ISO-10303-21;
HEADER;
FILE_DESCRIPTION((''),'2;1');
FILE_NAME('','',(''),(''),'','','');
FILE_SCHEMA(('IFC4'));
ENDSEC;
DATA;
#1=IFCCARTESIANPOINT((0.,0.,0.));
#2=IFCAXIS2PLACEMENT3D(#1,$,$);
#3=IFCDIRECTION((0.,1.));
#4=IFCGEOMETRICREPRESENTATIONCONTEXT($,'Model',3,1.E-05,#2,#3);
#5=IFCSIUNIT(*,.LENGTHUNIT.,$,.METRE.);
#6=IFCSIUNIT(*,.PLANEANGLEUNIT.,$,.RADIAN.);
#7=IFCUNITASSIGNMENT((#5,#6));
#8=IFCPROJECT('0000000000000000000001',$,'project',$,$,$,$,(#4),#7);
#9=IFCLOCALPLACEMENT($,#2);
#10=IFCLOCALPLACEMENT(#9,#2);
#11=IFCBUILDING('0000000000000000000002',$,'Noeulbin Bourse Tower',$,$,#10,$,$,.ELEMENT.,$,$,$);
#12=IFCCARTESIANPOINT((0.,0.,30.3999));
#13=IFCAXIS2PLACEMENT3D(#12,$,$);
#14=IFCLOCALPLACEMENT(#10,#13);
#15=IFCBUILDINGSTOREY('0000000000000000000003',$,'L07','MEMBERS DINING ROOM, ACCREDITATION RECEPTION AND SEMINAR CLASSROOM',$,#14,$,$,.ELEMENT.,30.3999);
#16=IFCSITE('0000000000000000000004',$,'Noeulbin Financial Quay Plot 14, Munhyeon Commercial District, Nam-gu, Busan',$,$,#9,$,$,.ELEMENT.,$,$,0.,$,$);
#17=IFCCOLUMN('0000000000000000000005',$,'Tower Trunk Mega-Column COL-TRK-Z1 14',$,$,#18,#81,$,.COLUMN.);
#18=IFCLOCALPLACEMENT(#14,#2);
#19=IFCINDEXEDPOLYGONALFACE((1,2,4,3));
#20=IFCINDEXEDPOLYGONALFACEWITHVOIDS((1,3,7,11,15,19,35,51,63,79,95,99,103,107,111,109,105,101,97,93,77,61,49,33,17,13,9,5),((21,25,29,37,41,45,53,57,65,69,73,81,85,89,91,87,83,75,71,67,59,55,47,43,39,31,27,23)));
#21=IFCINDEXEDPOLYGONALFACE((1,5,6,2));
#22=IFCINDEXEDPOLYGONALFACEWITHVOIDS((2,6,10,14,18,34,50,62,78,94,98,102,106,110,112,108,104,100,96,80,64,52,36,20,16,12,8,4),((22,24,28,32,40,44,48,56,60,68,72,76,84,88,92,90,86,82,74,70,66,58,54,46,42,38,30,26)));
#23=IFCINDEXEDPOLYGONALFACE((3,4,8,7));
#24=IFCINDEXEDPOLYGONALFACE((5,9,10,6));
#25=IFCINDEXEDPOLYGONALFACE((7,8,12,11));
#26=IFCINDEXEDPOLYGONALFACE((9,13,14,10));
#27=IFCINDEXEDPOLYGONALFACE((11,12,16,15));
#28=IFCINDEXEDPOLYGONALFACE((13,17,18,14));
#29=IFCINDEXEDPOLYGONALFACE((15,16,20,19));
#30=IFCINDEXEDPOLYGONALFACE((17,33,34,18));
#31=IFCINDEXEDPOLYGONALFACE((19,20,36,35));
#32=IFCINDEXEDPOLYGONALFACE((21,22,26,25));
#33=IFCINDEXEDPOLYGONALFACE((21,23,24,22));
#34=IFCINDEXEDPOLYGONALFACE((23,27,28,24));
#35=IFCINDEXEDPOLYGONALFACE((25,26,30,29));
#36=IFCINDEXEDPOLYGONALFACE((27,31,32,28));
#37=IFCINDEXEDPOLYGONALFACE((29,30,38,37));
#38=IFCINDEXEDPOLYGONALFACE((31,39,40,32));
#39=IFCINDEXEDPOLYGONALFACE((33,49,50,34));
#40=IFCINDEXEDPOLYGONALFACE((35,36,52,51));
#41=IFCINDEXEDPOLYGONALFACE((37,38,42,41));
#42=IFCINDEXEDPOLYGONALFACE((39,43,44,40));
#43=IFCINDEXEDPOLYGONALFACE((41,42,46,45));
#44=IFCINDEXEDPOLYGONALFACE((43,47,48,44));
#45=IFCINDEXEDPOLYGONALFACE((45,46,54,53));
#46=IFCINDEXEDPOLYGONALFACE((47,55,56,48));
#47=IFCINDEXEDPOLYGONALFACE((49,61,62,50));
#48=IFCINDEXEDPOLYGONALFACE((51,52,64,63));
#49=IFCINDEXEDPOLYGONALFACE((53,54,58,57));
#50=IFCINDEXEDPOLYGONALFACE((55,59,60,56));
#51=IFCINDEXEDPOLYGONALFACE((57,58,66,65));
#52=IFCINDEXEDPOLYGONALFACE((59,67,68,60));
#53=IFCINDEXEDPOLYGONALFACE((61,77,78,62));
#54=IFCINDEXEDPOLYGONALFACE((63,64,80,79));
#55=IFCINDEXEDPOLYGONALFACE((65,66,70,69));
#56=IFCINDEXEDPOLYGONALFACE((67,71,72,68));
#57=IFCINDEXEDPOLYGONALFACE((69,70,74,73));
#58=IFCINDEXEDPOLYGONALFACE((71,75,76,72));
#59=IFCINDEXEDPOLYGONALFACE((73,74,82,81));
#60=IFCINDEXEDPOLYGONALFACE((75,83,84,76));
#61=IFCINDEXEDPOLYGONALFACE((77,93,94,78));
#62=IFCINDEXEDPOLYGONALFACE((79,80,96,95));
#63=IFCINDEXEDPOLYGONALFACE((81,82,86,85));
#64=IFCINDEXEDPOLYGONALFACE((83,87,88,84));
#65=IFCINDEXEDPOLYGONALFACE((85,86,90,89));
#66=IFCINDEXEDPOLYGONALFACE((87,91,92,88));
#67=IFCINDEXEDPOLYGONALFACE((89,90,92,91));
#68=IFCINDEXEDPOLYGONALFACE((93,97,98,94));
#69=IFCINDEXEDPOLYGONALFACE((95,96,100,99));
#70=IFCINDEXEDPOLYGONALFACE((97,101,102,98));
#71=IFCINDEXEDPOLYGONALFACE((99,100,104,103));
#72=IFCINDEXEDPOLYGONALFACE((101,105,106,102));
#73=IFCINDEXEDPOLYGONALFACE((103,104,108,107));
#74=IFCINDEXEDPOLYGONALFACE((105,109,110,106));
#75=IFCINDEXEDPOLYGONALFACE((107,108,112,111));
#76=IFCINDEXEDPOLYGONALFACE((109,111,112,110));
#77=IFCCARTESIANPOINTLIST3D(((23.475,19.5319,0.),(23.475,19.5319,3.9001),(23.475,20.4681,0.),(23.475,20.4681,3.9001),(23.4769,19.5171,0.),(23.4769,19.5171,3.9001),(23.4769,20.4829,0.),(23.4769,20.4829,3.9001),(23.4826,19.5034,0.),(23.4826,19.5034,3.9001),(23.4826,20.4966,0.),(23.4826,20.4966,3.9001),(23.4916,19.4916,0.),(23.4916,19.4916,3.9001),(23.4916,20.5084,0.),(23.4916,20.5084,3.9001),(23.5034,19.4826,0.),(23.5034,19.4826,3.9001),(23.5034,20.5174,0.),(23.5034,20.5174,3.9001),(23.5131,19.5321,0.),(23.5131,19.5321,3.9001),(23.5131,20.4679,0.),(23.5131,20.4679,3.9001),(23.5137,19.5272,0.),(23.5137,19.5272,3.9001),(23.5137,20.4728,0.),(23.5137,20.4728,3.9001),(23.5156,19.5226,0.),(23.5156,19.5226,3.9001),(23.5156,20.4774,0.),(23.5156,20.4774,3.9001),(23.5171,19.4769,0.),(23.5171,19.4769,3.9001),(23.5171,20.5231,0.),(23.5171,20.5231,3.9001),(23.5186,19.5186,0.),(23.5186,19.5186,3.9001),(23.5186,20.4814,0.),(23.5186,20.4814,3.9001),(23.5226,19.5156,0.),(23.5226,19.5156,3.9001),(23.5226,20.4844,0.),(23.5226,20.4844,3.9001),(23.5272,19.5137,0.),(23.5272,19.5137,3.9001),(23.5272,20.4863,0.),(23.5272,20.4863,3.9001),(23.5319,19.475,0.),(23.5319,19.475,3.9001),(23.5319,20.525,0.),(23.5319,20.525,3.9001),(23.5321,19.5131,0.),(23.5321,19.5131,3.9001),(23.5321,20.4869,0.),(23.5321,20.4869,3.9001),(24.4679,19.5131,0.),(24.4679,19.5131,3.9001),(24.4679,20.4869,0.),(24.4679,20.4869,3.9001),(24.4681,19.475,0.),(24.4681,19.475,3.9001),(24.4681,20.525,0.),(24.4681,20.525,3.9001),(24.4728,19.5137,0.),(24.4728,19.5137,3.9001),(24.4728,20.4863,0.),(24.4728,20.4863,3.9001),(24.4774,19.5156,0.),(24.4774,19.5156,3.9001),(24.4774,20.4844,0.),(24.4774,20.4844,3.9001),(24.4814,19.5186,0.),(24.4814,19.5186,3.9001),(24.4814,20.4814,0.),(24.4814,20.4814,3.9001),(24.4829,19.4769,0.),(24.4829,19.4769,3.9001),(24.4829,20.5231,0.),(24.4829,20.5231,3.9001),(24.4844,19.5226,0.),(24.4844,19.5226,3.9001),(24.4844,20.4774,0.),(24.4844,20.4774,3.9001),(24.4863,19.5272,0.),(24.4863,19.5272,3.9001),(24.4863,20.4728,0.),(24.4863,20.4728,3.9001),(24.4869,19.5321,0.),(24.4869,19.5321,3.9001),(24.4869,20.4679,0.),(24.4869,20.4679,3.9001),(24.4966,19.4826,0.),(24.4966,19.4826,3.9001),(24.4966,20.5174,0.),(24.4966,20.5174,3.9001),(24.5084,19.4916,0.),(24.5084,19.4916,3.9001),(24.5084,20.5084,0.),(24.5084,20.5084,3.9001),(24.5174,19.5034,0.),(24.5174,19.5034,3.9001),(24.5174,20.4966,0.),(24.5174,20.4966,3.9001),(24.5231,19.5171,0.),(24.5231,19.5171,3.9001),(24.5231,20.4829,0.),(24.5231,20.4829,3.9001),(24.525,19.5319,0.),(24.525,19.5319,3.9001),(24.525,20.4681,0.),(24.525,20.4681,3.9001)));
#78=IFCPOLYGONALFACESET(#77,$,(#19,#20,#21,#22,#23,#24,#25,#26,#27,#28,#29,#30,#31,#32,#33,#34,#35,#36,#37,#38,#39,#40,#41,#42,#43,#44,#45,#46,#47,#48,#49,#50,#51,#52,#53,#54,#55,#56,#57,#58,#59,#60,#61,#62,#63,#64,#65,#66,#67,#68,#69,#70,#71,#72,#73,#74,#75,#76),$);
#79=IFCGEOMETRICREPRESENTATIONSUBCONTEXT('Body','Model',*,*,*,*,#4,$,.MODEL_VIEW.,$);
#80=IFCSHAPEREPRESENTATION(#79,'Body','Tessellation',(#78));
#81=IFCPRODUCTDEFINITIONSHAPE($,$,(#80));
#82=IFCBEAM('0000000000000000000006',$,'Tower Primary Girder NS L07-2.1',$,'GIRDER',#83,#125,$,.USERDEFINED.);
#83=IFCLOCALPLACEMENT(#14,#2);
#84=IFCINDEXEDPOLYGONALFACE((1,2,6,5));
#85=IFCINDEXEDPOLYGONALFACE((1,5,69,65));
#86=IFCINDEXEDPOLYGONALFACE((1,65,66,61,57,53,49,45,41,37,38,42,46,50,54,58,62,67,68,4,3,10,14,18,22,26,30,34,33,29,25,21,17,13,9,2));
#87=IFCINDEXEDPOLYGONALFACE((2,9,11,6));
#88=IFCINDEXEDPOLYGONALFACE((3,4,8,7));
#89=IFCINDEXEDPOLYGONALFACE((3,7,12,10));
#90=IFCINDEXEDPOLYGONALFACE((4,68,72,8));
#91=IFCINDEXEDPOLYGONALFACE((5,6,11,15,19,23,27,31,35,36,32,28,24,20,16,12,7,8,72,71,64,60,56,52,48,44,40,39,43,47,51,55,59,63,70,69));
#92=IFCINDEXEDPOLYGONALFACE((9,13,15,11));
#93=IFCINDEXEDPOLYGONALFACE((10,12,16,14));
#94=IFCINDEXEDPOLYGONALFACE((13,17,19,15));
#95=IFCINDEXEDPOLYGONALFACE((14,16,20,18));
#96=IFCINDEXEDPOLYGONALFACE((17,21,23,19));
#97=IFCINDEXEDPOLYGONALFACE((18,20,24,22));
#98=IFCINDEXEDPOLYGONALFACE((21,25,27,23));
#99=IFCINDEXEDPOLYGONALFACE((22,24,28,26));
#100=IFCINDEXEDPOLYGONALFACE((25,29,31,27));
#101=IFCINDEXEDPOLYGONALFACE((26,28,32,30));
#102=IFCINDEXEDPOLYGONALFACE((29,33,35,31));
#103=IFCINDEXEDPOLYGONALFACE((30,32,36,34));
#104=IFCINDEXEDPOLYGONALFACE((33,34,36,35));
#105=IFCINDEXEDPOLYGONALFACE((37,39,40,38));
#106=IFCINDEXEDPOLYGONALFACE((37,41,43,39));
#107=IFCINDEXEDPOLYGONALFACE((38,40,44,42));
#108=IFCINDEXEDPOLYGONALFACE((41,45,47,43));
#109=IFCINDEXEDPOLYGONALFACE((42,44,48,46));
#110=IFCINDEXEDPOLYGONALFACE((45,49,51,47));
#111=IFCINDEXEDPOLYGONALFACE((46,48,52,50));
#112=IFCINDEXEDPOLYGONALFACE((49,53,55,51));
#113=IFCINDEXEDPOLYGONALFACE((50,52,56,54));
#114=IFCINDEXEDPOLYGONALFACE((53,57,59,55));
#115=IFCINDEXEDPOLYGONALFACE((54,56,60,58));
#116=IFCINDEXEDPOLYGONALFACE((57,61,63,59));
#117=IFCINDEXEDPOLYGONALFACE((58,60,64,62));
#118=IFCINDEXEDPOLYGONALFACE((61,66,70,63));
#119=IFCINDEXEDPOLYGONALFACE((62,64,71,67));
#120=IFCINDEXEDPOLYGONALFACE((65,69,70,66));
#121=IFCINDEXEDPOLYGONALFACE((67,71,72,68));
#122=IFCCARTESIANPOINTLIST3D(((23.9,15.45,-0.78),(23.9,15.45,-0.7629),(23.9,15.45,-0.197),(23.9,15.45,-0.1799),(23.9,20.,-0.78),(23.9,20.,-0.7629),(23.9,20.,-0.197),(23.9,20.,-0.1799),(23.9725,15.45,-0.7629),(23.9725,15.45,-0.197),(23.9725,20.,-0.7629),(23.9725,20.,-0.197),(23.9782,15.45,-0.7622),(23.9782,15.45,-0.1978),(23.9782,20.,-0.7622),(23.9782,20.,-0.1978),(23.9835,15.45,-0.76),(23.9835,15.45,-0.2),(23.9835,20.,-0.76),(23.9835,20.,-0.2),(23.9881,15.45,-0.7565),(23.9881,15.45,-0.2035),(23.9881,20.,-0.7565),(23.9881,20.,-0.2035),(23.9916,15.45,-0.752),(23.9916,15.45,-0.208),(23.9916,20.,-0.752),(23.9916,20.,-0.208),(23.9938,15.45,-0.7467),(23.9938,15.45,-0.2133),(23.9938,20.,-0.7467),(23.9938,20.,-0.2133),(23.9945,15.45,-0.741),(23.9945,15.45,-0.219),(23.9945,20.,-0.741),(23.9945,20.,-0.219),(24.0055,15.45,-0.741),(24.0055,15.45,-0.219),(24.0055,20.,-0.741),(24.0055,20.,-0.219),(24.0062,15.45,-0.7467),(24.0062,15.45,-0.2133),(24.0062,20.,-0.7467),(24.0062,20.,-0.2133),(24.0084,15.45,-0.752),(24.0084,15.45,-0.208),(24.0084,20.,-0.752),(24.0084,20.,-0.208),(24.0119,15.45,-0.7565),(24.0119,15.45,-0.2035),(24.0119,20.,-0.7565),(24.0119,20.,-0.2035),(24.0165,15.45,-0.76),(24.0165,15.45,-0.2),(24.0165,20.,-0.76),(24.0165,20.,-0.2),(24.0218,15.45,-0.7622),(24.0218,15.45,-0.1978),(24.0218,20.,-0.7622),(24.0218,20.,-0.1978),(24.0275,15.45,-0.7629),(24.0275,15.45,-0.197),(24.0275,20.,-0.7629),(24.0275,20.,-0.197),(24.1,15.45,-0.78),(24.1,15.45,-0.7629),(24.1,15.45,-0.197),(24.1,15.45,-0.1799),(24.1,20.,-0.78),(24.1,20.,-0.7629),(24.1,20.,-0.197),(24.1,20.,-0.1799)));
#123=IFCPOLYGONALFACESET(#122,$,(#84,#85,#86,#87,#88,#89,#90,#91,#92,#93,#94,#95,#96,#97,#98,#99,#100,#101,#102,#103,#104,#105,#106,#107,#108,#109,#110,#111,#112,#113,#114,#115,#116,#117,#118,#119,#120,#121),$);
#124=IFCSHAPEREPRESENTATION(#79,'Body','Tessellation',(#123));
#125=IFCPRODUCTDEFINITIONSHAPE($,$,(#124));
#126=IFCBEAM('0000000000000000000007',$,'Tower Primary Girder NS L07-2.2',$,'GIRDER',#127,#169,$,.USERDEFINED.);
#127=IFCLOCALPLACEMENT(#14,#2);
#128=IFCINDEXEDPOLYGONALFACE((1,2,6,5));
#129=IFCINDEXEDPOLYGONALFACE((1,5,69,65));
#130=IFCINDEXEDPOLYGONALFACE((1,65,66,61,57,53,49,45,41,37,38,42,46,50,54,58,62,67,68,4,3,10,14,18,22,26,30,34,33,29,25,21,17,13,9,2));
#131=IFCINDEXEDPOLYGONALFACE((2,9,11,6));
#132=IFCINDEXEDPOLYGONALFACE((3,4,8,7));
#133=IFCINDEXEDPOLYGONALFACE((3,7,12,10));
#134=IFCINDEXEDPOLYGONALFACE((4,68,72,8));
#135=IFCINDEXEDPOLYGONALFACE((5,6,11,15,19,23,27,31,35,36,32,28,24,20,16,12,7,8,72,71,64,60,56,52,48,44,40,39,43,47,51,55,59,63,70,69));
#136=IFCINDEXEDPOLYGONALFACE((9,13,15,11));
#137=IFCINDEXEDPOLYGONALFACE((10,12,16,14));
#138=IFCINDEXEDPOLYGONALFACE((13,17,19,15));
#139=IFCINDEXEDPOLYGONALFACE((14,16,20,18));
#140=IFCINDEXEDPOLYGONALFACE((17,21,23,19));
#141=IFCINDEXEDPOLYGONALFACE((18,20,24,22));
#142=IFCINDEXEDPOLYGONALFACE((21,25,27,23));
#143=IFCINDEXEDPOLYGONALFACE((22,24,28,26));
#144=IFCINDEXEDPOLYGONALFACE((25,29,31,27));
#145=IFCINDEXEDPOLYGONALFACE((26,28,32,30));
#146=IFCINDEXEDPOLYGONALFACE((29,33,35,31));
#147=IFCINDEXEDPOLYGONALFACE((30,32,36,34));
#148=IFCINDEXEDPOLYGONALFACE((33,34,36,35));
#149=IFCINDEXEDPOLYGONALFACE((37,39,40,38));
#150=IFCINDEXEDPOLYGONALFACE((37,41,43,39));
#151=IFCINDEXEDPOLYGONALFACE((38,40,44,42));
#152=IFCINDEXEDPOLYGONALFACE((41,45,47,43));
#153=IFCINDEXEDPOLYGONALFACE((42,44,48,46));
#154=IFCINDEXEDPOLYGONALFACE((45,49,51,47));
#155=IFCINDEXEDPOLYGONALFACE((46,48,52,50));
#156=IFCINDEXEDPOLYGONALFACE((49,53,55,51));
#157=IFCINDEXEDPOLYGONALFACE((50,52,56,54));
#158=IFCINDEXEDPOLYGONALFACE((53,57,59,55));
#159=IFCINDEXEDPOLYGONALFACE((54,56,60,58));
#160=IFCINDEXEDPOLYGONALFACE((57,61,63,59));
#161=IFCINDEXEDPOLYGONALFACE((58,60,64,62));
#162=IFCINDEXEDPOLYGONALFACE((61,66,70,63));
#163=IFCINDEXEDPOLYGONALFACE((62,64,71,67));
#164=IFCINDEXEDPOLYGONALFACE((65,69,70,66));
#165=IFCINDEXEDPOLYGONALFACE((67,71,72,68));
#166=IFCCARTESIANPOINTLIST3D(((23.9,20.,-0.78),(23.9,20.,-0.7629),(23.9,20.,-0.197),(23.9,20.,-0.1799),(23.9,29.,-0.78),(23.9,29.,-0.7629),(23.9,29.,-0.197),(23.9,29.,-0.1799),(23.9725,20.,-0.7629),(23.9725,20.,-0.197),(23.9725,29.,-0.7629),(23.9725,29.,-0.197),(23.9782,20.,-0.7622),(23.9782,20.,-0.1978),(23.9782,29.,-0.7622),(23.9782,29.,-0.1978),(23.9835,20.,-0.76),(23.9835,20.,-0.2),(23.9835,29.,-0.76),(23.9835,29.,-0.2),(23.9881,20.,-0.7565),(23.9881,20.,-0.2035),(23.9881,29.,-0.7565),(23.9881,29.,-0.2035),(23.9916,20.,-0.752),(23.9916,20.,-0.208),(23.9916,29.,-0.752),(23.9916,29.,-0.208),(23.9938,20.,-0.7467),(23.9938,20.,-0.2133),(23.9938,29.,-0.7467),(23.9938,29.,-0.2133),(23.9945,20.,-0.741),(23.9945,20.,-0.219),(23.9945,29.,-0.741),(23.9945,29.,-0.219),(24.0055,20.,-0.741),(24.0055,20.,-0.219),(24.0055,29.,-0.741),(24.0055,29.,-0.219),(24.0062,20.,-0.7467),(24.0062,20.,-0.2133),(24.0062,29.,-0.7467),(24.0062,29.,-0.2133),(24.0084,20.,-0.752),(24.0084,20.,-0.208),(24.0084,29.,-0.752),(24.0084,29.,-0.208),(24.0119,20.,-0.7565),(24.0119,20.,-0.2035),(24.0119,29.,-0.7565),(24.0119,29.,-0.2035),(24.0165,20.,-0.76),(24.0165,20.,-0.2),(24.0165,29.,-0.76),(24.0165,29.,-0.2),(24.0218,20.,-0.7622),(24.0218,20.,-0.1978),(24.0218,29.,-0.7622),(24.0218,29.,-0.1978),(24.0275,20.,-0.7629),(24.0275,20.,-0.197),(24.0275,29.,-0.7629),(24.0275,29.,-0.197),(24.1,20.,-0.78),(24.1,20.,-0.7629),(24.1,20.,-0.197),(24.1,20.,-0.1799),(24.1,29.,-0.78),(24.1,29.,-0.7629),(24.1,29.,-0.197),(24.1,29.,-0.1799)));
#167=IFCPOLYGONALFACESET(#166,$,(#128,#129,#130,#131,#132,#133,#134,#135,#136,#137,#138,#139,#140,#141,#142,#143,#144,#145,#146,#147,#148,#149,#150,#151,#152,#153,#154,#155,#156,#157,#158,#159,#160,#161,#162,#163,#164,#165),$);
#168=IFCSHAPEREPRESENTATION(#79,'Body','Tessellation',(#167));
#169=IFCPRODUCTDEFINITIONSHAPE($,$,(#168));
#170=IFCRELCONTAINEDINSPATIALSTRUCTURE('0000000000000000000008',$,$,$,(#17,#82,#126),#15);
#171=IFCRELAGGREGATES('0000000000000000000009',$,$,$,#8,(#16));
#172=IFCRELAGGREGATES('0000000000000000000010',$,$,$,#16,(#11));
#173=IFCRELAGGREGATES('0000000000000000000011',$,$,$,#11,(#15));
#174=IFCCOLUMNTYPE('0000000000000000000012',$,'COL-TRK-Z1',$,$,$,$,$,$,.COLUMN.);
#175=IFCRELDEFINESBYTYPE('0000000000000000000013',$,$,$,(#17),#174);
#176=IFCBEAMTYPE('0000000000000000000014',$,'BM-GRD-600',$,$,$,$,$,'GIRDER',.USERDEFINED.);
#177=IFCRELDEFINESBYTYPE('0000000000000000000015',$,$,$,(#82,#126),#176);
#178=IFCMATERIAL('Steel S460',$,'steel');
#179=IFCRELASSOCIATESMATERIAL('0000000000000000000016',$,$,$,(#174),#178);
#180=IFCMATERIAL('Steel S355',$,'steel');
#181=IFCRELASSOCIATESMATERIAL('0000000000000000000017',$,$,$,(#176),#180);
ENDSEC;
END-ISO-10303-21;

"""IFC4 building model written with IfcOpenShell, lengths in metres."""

from ifc_helpers import new_model, si_unit, direction, frame, origin, origin_2d, place, context, subcontext, project, spatial, hollow_rectangle, i_section, extrude, material, material_profile, profile_set, type_object, element, save


model = new_model("IFC4")

# Units and contexts
model_context = context("Model", 3, precision=1e-05, world=origin(), true_north=direction((0.0, 1.0)))
body_context = subcontext(model_context, "Body", "Model", "MODEL_VIEW")
ifc_project = project(units=[si_unit("LENGTHUNIT", "METRE"), si_unit("PLANEANGLEUNIT", "RADIAN")], contexts=[model_context])

# Site, building, storey
site_placement = place(None, origin())
site = spatial("IfcSite", under=ifc_project, at=site_placement, Name="Noeulbin Financial Quay Plot 14, Munhyeon Commercial District, Nam-gu, Busan", CompositionType="ELEMENT", RefElevation=0.0)
building_placement = place(site_placement, origin())
building = spatial("IfcBuilding", under=site, at=building_placement, Name="Noeulbin Bourse Tower", CompositionType="ELEMENT")
storey_placement = place(building_placement, frame((0.0, 0.0, 30.3999)))
storey = spatial("IfcBuildingStorey", under=building, at=storey_placement, Name="L07", Description="MEMBERS DINING ROOM, ACCREDITATION RECEPTION AND SEMINAR CLASSROOM", CompositionType="ELEMENT", Elevation=30.3999)

# Column
ifc_material_1 = material(Name="Steel S460", Category="steel")
ifc_material_profile_1 = material_profile(ifc_material_1, hollow_rectangle(XDim=1.05, YDim=1.05, WallThickness=0.0381, InnerFilletRadius=0.019, OuterFilletRadius=0.0569, at=origin_2d()), Name="BOX-1050x1050x38", Category="LoadBearing")
ifc_profile_set_1 = profile_set([ifc_material_profile_1], Name="Steel S460")
column_type = type_object("IfcColumnType", Name="COL-TRK-Z1", PredefinedType="COLUMN", material=ifc_profile_set_1)
column_placement = place(storey_placement, frame((24.0, 20.0, 0.0), z_axis=(0.0, 0.0, 1.0), x_axis=(1.0, 0.0, 0.0)))
element("IfcColumn", 1, at=column_placement, inside=storey, type_object=column_type, Name="Tower Trunk Mega-Column COL-TRK-Z1 14", PredefinedType="COLUMN", context=body_context, shape_type="SweptSolid", body=[
    extrude(hollow_rectangle(XDim=1.05, YDim=1.05, WallThickness=0.0381, InnerFilletRadius=0.019, OuterFilletRadius=0.0569, at=origin_2d()), origin(), (0.0, 0.0, 1.0), 3.9001),
])

# Beams
ifc_material_2 = material(Name="Steel S355", Category="steel")
ifc_material_profile_2 = material_profile(ifc_material_2, i_section(OverallWidth=0.2, OverallDepth=0.6001, WebThickness=0.011, FlangeThickness=0.0171, FilletRadius=0.022, at=origin_2d()), Name="H-600x200x11x17", Category="LoadBearing")
ifc_profile_set_2 = profile_set([ifc_material_profile_2], Name="Steel S355")
beam_type_1 = type_object("IfcBeamType", Name="BM-GRD-600", ElementType="GIRDER", PredefinedType="USERDEFINED", material=ifc_profile_set_2)
beam_1_placement = place(storey_placement, frame((24.0, 15.45, -0.48), z_axis=(0.0, 1.0, 0.0), x_axis=(-1.0, 0.0, 0.0)))
element("IfcBeam", 2, at=beam_1_placement, inside=storey, type_object=beam_type_1, Name="Tower Primary Girder NS L07-2.1", ObjectType="GIRDER", PredefinedType="USERDEFINED", context=body_context, shape_type="SweptSolid", body=[
    extrude(i_section(OverallWidth=0.2, OverallDepth=0.6001, WebThickness=0.011, FlangeThickness=0.0171, FilletRadius=0.022, at=origin_2d()), origin(), (0.0, 0.0, 1.0), 4.55),
])
beam_2_placement = place(storey_placement, frame((24.0, 20.0, -0.48), z_axis=(0.0, 1.0, 0.0), x_axis=(-1.0, 0.0, 0.0)))
element("IfcBeam", 3, at=beam_2_placement, inside=storey, type_object=beam_type_1, Name="Tower Primary Girder NS L07-2.2", ObjectType="GIRDER", PredefinedType="USERDEFINED", context=body_context, shape_type="SweptSolid", body=[
    extrude(i_section(OverallWidth=0.2, OverallDepth=0.6001, WebThickness=0.011, FlangeThickness=0.0171, FilletRadius=0.022, at=origin_2d()), origin(), (0.0, 0.0, 1.0), 9.0),
])

save(model, "model.ifc")
